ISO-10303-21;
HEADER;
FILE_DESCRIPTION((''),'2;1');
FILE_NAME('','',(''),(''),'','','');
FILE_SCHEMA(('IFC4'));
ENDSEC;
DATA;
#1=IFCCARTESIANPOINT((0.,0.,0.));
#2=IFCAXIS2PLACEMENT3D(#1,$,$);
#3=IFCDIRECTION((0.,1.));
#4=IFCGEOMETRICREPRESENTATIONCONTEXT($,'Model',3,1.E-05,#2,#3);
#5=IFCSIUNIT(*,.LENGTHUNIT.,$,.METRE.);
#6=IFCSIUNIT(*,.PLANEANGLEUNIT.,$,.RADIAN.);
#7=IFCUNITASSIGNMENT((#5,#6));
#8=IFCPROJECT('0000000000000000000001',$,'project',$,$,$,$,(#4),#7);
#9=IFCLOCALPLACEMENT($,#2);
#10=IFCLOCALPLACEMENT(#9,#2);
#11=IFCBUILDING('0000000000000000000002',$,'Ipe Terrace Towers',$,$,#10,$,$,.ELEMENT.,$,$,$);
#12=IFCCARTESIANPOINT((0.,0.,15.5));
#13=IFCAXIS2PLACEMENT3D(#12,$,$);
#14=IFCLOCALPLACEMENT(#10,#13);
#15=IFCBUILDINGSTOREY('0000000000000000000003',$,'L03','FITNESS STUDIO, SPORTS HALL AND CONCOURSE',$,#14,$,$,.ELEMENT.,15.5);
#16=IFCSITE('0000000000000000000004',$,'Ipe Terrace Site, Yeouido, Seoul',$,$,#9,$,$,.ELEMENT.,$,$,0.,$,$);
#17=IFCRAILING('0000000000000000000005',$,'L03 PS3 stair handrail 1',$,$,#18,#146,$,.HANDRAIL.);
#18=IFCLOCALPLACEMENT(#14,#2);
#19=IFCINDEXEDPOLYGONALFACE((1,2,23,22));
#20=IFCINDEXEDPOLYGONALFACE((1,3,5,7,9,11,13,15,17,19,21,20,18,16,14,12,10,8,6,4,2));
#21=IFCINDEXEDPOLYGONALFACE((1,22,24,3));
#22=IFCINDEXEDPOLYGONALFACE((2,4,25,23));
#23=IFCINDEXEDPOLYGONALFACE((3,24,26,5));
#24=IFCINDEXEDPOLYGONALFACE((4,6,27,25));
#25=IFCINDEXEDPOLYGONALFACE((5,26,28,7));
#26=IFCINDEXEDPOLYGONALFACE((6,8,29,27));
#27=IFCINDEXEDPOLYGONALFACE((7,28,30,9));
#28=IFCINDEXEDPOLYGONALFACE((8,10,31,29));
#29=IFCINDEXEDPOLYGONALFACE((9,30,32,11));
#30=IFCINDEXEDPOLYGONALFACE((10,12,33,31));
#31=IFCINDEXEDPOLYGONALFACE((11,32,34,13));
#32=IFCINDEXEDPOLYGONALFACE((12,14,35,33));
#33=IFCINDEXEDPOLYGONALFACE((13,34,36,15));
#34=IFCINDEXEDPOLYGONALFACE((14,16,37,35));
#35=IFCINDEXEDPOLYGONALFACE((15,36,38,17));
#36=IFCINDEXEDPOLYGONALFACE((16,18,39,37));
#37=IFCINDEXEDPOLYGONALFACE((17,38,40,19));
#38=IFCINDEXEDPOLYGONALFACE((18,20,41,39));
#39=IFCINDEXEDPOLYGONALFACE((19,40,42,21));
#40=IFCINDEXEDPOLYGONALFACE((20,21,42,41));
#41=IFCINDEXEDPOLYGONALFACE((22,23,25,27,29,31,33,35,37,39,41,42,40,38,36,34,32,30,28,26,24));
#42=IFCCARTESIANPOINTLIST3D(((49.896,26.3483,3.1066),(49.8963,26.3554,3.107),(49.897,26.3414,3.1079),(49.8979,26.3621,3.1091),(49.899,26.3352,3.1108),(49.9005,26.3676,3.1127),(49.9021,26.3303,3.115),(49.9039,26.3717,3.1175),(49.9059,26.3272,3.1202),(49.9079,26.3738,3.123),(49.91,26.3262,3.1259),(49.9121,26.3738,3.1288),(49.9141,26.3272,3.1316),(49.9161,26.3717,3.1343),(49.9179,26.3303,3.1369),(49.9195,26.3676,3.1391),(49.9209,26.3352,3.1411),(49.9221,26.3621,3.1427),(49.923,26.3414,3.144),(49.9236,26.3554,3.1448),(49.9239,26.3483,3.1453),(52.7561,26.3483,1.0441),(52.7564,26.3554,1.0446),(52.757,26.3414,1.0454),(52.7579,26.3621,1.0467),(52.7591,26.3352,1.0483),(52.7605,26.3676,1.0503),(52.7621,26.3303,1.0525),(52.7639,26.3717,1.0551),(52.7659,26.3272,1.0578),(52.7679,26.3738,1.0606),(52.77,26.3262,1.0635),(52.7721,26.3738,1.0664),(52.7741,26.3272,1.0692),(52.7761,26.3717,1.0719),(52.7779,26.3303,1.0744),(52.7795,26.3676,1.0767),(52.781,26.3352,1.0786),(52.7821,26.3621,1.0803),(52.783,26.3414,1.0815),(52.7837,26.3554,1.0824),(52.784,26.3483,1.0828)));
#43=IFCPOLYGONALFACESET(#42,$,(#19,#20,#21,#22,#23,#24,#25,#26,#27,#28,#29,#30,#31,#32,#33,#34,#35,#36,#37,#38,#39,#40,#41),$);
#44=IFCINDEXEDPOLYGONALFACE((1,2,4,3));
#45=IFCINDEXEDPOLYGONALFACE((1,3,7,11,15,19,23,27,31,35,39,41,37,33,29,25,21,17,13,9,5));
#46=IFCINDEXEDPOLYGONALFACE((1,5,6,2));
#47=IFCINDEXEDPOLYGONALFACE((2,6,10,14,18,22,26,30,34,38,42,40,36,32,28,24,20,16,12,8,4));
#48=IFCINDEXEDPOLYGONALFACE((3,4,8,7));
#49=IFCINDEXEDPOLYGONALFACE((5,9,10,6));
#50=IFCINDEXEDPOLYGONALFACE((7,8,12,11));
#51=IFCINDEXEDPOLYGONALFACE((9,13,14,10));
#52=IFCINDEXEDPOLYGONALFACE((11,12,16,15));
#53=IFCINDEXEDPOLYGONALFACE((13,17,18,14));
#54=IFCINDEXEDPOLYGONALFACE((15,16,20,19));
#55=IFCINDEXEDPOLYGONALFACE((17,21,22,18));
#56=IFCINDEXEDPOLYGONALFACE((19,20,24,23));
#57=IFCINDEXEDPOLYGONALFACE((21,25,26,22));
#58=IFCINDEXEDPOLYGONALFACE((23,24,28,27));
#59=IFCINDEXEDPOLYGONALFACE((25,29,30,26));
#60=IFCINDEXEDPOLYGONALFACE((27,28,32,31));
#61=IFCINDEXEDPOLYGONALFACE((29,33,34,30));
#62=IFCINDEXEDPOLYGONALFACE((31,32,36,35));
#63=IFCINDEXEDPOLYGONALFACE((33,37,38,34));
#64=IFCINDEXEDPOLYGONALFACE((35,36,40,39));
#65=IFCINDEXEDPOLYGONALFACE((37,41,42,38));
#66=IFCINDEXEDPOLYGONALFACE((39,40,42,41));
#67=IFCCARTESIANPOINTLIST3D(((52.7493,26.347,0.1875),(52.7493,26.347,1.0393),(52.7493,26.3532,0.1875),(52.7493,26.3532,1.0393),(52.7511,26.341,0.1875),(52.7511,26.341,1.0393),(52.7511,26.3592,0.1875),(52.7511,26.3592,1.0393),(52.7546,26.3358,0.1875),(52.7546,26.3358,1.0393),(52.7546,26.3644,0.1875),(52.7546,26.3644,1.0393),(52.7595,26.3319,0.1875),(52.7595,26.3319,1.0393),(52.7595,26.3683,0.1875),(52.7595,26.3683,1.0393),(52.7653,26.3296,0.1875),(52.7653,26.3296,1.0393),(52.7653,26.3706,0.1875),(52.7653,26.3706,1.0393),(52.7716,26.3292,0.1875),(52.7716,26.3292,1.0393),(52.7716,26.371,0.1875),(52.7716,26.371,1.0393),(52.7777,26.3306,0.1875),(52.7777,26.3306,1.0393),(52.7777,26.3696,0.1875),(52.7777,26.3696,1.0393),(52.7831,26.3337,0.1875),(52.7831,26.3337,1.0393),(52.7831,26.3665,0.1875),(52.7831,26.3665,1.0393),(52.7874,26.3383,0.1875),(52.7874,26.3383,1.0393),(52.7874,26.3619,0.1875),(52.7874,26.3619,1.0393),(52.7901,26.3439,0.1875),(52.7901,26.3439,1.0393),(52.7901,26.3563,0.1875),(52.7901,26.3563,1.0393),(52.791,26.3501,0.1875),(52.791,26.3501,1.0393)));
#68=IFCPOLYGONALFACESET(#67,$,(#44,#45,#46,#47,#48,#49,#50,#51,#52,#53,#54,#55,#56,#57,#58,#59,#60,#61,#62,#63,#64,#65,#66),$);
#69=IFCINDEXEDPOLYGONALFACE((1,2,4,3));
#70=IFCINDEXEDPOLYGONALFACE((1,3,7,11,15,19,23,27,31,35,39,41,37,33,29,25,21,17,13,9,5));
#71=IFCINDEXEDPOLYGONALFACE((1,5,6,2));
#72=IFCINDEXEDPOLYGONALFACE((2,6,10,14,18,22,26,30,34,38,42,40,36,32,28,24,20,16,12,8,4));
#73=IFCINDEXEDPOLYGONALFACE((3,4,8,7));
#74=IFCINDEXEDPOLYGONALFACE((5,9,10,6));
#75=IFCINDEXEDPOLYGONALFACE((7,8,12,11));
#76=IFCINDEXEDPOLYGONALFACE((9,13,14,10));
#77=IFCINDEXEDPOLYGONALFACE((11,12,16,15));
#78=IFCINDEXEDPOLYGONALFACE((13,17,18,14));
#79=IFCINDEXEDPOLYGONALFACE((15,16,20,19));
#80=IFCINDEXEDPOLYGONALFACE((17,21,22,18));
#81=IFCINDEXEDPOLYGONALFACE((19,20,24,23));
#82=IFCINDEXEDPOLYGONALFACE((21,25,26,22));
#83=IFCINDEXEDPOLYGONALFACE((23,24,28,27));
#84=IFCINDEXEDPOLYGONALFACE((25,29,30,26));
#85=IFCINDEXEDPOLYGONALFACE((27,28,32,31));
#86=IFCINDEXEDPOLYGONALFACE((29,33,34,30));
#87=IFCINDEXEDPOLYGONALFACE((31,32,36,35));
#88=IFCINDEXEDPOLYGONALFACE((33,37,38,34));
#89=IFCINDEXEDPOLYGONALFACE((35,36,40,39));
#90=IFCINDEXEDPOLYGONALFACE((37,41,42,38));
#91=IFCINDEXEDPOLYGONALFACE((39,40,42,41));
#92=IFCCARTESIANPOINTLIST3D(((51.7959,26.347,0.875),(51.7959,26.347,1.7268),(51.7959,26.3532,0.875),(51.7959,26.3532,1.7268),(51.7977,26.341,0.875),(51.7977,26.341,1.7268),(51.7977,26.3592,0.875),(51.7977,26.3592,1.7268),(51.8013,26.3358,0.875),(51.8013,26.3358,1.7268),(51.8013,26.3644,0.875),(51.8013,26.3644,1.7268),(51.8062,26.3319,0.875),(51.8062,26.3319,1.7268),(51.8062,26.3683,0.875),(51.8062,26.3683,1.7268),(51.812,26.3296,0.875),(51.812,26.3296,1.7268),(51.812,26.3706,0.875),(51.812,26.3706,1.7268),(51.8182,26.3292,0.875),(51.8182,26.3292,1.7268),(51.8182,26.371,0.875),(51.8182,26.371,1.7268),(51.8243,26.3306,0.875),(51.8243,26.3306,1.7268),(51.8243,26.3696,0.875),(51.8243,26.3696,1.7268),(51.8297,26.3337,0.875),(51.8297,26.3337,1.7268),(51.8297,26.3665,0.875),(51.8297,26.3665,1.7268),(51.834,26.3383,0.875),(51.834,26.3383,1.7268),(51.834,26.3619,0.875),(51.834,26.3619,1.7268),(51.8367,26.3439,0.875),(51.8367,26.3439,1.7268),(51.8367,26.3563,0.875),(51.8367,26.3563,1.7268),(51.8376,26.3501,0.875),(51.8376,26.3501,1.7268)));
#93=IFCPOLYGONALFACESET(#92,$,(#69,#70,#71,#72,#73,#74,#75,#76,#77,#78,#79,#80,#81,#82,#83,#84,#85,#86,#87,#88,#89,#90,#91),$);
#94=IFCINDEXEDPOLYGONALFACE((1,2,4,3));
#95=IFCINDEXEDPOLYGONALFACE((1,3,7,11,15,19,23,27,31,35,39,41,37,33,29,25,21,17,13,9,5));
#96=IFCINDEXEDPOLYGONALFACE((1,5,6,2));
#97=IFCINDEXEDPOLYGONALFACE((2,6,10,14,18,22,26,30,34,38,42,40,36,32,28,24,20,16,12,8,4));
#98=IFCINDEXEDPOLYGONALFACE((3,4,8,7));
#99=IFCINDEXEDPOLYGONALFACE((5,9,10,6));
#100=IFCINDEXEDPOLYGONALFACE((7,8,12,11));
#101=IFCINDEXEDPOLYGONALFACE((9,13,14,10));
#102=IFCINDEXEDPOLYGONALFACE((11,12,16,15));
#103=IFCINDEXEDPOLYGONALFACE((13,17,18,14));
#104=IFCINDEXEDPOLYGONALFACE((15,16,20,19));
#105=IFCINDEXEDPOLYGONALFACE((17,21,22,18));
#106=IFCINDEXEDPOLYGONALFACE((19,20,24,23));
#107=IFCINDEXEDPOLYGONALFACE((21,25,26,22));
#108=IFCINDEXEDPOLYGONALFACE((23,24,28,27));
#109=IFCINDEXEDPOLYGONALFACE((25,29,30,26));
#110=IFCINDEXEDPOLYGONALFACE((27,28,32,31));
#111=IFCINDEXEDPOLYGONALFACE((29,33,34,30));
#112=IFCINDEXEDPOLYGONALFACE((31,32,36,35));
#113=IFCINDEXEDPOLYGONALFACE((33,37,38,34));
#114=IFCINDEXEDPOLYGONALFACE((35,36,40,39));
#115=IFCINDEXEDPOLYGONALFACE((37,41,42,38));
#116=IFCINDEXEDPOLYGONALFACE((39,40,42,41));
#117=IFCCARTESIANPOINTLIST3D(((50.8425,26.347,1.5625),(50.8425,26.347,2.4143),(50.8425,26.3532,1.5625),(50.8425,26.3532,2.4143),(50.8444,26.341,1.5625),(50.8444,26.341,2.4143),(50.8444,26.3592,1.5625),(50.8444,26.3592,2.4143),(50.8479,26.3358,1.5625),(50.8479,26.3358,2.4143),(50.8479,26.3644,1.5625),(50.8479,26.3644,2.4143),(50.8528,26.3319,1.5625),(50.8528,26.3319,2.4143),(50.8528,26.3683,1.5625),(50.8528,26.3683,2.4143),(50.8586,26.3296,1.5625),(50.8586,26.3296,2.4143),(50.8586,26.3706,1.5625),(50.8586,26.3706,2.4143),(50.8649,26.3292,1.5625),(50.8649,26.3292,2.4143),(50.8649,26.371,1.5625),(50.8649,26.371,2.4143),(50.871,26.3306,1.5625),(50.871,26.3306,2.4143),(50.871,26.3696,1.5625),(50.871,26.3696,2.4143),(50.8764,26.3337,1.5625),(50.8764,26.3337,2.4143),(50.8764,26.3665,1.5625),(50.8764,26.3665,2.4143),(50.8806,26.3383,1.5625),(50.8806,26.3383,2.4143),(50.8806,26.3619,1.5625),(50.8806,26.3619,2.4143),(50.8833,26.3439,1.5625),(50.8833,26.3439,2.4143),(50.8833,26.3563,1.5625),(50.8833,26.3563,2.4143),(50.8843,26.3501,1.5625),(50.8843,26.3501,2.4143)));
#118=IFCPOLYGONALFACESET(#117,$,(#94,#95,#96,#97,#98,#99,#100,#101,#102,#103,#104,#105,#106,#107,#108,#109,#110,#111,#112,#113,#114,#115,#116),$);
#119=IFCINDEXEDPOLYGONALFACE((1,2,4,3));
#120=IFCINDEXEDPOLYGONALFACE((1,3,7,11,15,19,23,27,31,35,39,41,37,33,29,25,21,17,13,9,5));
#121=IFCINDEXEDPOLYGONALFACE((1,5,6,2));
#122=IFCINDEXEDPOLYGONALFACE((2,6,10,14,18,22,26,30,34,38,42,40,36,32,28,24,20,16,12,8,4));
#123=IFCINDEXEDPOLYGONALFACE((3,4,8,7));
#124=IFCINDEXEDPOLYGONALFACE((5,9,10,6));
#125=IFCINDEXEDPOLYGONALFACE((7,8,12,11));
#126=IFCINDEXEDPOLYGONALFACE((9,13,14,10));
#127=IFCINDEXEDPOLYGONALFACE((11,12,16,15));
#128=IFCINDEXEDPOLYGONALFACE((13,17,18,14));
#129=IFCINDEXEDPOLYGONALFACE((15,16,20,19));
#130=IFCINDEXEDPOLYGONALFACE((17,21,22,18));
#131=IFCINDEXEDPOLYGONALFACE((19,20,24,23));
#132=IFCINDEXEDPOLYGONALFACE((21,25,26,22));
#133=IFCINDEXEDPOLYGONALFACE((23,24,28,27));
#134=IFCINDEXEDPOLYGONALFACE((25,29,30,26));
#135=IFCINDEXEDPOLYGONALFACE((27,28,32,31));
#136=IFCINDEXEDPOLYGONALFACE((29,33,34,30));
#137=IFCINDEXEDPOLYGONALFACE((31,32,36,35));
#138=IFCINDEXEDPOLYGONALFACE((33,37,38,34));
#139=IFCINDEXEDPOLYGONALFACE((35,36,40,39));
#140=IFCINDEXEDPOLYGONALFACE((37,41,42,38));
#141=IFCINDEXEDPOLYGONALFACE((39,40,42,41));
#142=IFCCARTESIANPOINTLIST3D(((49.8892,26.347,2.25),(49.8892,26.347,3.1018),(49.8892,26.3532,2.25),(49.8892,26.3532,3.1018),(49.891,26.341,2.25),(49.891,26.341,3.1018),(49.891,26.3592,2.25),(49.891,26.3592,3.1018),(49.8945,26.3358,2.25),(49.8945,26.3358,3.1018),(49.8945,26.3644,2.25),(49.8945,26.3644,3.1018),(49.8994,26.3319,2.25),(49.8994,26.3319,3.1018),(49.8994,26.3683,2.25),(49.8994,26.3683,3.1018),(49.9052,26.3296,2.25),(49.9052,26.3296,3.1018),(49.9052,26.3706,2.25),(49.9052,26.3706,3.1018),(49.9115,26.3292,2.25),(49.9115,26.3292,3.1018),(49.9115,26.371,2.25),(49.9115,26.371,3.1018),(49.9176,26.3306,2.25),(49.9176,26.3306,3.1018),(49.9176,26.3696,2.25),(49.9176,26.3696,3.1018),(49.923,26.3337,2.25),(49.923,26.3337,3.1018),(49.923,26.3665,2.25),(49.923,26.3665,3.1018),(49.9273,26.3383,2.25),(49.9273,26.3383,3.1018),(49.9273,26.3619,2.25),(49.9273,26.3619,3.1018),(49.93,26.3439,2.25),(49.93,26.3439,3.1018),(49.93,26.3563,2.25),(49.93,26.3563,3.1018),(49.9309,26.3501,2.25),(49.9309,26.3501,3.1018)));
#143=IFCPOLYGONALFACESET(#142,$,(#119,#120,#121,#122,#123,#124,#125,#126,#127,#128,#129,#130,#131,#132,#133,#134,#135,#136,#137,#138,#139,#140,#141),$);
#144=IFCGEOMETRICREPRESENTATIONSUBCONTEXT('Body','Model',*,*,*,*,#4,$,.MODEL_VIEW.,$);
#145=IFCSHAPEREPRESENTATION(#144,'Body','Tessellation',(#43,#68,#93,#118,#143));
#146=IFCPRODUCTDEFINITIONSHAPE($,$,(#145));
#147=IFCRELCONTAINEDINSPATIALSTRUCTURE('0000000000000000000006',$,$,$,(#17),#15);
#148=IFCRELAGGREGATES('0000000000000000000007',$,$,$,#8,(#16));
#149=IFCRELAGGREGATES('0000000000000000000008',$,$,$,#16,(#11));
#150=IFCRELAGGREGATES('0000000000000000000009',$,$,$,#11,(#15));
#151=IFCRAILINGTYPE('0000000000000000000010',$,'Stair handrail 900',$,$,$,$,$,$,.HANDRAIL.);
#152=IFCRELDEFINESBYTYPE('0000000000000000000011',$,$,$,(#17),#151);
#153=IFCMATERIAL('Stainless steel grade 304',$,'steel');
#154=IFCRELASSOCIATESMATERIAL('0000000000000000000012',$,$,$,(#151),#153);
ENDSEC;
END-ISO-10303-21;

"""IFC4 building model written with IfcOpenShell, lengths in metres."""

from ifc_helpers import new_model, si_unit, direction, frame, origin, origin_2d, place, context, subcontext, project, spatial, circle, extrude, material, type_object, element, save


model = new_model("IFC4")

# Units and contexts
model_context = context("Model", 3, precision=1e-05, world=origin(), true_north=direction((0.0, 1.0)))
body_context = subcontext(model_context, "Body", "Model", "MODEL_VIEW")
ifc_project = project(units=[si_unit("LENGTHUNIT", "METRE"), si_unit("PLANEANGLEUNIT", "RADIAN")], contexts=[model_context])

# Site, building, storey
site_placement = place(None, origin())
site = spatial("IfcSite", under=ifc_project, at=site_placement, Name="Ipe Terrace Site, Yeouido, Seoul", CompositionType="ELEMENT", RefElevation=0.0)
building_placement = place(site_placement, origin())
building = spatial("IfcBuilding", under=site, at=building_placement, Name="Ipe Terrace Towers", CompositionType="ELEMENT")
storey_placement = place(building_placement, frame((0.0, 0.0, 15.5)))
storey = spatial("IfcBuildingStorey", under=building, at=storey_placement, Name="L03", Description="FITNESS STUDIO, SPORTS HALL AND CONCOURSE", CompositionType="ELEMENT", Elevation=15.5)

# Railing
ifc_material_1 = material(Name="Stainless steel grade 304", Category="steel")
railing_type_1 = type_object("IfcRailingType", Name="Stair handrail 900", PredefinedType="HANDRAIL", material=ifc_material_1)
railing_1_placement = place(storey_placement, frame((52.77, 26.3501, 0.1875)))
element("IfcRailing", 1, at=railing_1_placement, inside=storey, type_object=railing_type_1, Name="L03 PS3 stair handrail 1", PredefinedType="HANDRAIL", context=body_context, shape_type="SweptSolid", body=[
    extrude(circle(Radius=0.0239, at=origin_2d()), frame((0.0, 0.0, 0.876), z_axis=(-0.811101, 0.0, 0.584906), x_axis=(0.0, -1.0, 0.0)), (0.0, 0.0, 1.0), 3.5261),
    extrude(circle(Radius=0.021, at=origin_2d()), origin(), (0.0, 0.0, 1.0), 0.8518),
    extrude(circle(Radius=0.021, at=origin_2d()), frame((-0.9534, 0.0, 0.6875)), (0.0, 0.0, 1.0), 0.8518),
    extrude(circle(Radius=0.021, at=origin_2d()), frame((-1.9067, 0.0, 1.375)), (0.0, 0.0, 1.0), 0.8518),
    extrude(circle(Radius=0.021, at=origin_2d()), frame((-2.8601, 0.0, 2.0625)), (0.0, 0.0, 1.0), 0.8518),
])

save(model, "model.ifc")
